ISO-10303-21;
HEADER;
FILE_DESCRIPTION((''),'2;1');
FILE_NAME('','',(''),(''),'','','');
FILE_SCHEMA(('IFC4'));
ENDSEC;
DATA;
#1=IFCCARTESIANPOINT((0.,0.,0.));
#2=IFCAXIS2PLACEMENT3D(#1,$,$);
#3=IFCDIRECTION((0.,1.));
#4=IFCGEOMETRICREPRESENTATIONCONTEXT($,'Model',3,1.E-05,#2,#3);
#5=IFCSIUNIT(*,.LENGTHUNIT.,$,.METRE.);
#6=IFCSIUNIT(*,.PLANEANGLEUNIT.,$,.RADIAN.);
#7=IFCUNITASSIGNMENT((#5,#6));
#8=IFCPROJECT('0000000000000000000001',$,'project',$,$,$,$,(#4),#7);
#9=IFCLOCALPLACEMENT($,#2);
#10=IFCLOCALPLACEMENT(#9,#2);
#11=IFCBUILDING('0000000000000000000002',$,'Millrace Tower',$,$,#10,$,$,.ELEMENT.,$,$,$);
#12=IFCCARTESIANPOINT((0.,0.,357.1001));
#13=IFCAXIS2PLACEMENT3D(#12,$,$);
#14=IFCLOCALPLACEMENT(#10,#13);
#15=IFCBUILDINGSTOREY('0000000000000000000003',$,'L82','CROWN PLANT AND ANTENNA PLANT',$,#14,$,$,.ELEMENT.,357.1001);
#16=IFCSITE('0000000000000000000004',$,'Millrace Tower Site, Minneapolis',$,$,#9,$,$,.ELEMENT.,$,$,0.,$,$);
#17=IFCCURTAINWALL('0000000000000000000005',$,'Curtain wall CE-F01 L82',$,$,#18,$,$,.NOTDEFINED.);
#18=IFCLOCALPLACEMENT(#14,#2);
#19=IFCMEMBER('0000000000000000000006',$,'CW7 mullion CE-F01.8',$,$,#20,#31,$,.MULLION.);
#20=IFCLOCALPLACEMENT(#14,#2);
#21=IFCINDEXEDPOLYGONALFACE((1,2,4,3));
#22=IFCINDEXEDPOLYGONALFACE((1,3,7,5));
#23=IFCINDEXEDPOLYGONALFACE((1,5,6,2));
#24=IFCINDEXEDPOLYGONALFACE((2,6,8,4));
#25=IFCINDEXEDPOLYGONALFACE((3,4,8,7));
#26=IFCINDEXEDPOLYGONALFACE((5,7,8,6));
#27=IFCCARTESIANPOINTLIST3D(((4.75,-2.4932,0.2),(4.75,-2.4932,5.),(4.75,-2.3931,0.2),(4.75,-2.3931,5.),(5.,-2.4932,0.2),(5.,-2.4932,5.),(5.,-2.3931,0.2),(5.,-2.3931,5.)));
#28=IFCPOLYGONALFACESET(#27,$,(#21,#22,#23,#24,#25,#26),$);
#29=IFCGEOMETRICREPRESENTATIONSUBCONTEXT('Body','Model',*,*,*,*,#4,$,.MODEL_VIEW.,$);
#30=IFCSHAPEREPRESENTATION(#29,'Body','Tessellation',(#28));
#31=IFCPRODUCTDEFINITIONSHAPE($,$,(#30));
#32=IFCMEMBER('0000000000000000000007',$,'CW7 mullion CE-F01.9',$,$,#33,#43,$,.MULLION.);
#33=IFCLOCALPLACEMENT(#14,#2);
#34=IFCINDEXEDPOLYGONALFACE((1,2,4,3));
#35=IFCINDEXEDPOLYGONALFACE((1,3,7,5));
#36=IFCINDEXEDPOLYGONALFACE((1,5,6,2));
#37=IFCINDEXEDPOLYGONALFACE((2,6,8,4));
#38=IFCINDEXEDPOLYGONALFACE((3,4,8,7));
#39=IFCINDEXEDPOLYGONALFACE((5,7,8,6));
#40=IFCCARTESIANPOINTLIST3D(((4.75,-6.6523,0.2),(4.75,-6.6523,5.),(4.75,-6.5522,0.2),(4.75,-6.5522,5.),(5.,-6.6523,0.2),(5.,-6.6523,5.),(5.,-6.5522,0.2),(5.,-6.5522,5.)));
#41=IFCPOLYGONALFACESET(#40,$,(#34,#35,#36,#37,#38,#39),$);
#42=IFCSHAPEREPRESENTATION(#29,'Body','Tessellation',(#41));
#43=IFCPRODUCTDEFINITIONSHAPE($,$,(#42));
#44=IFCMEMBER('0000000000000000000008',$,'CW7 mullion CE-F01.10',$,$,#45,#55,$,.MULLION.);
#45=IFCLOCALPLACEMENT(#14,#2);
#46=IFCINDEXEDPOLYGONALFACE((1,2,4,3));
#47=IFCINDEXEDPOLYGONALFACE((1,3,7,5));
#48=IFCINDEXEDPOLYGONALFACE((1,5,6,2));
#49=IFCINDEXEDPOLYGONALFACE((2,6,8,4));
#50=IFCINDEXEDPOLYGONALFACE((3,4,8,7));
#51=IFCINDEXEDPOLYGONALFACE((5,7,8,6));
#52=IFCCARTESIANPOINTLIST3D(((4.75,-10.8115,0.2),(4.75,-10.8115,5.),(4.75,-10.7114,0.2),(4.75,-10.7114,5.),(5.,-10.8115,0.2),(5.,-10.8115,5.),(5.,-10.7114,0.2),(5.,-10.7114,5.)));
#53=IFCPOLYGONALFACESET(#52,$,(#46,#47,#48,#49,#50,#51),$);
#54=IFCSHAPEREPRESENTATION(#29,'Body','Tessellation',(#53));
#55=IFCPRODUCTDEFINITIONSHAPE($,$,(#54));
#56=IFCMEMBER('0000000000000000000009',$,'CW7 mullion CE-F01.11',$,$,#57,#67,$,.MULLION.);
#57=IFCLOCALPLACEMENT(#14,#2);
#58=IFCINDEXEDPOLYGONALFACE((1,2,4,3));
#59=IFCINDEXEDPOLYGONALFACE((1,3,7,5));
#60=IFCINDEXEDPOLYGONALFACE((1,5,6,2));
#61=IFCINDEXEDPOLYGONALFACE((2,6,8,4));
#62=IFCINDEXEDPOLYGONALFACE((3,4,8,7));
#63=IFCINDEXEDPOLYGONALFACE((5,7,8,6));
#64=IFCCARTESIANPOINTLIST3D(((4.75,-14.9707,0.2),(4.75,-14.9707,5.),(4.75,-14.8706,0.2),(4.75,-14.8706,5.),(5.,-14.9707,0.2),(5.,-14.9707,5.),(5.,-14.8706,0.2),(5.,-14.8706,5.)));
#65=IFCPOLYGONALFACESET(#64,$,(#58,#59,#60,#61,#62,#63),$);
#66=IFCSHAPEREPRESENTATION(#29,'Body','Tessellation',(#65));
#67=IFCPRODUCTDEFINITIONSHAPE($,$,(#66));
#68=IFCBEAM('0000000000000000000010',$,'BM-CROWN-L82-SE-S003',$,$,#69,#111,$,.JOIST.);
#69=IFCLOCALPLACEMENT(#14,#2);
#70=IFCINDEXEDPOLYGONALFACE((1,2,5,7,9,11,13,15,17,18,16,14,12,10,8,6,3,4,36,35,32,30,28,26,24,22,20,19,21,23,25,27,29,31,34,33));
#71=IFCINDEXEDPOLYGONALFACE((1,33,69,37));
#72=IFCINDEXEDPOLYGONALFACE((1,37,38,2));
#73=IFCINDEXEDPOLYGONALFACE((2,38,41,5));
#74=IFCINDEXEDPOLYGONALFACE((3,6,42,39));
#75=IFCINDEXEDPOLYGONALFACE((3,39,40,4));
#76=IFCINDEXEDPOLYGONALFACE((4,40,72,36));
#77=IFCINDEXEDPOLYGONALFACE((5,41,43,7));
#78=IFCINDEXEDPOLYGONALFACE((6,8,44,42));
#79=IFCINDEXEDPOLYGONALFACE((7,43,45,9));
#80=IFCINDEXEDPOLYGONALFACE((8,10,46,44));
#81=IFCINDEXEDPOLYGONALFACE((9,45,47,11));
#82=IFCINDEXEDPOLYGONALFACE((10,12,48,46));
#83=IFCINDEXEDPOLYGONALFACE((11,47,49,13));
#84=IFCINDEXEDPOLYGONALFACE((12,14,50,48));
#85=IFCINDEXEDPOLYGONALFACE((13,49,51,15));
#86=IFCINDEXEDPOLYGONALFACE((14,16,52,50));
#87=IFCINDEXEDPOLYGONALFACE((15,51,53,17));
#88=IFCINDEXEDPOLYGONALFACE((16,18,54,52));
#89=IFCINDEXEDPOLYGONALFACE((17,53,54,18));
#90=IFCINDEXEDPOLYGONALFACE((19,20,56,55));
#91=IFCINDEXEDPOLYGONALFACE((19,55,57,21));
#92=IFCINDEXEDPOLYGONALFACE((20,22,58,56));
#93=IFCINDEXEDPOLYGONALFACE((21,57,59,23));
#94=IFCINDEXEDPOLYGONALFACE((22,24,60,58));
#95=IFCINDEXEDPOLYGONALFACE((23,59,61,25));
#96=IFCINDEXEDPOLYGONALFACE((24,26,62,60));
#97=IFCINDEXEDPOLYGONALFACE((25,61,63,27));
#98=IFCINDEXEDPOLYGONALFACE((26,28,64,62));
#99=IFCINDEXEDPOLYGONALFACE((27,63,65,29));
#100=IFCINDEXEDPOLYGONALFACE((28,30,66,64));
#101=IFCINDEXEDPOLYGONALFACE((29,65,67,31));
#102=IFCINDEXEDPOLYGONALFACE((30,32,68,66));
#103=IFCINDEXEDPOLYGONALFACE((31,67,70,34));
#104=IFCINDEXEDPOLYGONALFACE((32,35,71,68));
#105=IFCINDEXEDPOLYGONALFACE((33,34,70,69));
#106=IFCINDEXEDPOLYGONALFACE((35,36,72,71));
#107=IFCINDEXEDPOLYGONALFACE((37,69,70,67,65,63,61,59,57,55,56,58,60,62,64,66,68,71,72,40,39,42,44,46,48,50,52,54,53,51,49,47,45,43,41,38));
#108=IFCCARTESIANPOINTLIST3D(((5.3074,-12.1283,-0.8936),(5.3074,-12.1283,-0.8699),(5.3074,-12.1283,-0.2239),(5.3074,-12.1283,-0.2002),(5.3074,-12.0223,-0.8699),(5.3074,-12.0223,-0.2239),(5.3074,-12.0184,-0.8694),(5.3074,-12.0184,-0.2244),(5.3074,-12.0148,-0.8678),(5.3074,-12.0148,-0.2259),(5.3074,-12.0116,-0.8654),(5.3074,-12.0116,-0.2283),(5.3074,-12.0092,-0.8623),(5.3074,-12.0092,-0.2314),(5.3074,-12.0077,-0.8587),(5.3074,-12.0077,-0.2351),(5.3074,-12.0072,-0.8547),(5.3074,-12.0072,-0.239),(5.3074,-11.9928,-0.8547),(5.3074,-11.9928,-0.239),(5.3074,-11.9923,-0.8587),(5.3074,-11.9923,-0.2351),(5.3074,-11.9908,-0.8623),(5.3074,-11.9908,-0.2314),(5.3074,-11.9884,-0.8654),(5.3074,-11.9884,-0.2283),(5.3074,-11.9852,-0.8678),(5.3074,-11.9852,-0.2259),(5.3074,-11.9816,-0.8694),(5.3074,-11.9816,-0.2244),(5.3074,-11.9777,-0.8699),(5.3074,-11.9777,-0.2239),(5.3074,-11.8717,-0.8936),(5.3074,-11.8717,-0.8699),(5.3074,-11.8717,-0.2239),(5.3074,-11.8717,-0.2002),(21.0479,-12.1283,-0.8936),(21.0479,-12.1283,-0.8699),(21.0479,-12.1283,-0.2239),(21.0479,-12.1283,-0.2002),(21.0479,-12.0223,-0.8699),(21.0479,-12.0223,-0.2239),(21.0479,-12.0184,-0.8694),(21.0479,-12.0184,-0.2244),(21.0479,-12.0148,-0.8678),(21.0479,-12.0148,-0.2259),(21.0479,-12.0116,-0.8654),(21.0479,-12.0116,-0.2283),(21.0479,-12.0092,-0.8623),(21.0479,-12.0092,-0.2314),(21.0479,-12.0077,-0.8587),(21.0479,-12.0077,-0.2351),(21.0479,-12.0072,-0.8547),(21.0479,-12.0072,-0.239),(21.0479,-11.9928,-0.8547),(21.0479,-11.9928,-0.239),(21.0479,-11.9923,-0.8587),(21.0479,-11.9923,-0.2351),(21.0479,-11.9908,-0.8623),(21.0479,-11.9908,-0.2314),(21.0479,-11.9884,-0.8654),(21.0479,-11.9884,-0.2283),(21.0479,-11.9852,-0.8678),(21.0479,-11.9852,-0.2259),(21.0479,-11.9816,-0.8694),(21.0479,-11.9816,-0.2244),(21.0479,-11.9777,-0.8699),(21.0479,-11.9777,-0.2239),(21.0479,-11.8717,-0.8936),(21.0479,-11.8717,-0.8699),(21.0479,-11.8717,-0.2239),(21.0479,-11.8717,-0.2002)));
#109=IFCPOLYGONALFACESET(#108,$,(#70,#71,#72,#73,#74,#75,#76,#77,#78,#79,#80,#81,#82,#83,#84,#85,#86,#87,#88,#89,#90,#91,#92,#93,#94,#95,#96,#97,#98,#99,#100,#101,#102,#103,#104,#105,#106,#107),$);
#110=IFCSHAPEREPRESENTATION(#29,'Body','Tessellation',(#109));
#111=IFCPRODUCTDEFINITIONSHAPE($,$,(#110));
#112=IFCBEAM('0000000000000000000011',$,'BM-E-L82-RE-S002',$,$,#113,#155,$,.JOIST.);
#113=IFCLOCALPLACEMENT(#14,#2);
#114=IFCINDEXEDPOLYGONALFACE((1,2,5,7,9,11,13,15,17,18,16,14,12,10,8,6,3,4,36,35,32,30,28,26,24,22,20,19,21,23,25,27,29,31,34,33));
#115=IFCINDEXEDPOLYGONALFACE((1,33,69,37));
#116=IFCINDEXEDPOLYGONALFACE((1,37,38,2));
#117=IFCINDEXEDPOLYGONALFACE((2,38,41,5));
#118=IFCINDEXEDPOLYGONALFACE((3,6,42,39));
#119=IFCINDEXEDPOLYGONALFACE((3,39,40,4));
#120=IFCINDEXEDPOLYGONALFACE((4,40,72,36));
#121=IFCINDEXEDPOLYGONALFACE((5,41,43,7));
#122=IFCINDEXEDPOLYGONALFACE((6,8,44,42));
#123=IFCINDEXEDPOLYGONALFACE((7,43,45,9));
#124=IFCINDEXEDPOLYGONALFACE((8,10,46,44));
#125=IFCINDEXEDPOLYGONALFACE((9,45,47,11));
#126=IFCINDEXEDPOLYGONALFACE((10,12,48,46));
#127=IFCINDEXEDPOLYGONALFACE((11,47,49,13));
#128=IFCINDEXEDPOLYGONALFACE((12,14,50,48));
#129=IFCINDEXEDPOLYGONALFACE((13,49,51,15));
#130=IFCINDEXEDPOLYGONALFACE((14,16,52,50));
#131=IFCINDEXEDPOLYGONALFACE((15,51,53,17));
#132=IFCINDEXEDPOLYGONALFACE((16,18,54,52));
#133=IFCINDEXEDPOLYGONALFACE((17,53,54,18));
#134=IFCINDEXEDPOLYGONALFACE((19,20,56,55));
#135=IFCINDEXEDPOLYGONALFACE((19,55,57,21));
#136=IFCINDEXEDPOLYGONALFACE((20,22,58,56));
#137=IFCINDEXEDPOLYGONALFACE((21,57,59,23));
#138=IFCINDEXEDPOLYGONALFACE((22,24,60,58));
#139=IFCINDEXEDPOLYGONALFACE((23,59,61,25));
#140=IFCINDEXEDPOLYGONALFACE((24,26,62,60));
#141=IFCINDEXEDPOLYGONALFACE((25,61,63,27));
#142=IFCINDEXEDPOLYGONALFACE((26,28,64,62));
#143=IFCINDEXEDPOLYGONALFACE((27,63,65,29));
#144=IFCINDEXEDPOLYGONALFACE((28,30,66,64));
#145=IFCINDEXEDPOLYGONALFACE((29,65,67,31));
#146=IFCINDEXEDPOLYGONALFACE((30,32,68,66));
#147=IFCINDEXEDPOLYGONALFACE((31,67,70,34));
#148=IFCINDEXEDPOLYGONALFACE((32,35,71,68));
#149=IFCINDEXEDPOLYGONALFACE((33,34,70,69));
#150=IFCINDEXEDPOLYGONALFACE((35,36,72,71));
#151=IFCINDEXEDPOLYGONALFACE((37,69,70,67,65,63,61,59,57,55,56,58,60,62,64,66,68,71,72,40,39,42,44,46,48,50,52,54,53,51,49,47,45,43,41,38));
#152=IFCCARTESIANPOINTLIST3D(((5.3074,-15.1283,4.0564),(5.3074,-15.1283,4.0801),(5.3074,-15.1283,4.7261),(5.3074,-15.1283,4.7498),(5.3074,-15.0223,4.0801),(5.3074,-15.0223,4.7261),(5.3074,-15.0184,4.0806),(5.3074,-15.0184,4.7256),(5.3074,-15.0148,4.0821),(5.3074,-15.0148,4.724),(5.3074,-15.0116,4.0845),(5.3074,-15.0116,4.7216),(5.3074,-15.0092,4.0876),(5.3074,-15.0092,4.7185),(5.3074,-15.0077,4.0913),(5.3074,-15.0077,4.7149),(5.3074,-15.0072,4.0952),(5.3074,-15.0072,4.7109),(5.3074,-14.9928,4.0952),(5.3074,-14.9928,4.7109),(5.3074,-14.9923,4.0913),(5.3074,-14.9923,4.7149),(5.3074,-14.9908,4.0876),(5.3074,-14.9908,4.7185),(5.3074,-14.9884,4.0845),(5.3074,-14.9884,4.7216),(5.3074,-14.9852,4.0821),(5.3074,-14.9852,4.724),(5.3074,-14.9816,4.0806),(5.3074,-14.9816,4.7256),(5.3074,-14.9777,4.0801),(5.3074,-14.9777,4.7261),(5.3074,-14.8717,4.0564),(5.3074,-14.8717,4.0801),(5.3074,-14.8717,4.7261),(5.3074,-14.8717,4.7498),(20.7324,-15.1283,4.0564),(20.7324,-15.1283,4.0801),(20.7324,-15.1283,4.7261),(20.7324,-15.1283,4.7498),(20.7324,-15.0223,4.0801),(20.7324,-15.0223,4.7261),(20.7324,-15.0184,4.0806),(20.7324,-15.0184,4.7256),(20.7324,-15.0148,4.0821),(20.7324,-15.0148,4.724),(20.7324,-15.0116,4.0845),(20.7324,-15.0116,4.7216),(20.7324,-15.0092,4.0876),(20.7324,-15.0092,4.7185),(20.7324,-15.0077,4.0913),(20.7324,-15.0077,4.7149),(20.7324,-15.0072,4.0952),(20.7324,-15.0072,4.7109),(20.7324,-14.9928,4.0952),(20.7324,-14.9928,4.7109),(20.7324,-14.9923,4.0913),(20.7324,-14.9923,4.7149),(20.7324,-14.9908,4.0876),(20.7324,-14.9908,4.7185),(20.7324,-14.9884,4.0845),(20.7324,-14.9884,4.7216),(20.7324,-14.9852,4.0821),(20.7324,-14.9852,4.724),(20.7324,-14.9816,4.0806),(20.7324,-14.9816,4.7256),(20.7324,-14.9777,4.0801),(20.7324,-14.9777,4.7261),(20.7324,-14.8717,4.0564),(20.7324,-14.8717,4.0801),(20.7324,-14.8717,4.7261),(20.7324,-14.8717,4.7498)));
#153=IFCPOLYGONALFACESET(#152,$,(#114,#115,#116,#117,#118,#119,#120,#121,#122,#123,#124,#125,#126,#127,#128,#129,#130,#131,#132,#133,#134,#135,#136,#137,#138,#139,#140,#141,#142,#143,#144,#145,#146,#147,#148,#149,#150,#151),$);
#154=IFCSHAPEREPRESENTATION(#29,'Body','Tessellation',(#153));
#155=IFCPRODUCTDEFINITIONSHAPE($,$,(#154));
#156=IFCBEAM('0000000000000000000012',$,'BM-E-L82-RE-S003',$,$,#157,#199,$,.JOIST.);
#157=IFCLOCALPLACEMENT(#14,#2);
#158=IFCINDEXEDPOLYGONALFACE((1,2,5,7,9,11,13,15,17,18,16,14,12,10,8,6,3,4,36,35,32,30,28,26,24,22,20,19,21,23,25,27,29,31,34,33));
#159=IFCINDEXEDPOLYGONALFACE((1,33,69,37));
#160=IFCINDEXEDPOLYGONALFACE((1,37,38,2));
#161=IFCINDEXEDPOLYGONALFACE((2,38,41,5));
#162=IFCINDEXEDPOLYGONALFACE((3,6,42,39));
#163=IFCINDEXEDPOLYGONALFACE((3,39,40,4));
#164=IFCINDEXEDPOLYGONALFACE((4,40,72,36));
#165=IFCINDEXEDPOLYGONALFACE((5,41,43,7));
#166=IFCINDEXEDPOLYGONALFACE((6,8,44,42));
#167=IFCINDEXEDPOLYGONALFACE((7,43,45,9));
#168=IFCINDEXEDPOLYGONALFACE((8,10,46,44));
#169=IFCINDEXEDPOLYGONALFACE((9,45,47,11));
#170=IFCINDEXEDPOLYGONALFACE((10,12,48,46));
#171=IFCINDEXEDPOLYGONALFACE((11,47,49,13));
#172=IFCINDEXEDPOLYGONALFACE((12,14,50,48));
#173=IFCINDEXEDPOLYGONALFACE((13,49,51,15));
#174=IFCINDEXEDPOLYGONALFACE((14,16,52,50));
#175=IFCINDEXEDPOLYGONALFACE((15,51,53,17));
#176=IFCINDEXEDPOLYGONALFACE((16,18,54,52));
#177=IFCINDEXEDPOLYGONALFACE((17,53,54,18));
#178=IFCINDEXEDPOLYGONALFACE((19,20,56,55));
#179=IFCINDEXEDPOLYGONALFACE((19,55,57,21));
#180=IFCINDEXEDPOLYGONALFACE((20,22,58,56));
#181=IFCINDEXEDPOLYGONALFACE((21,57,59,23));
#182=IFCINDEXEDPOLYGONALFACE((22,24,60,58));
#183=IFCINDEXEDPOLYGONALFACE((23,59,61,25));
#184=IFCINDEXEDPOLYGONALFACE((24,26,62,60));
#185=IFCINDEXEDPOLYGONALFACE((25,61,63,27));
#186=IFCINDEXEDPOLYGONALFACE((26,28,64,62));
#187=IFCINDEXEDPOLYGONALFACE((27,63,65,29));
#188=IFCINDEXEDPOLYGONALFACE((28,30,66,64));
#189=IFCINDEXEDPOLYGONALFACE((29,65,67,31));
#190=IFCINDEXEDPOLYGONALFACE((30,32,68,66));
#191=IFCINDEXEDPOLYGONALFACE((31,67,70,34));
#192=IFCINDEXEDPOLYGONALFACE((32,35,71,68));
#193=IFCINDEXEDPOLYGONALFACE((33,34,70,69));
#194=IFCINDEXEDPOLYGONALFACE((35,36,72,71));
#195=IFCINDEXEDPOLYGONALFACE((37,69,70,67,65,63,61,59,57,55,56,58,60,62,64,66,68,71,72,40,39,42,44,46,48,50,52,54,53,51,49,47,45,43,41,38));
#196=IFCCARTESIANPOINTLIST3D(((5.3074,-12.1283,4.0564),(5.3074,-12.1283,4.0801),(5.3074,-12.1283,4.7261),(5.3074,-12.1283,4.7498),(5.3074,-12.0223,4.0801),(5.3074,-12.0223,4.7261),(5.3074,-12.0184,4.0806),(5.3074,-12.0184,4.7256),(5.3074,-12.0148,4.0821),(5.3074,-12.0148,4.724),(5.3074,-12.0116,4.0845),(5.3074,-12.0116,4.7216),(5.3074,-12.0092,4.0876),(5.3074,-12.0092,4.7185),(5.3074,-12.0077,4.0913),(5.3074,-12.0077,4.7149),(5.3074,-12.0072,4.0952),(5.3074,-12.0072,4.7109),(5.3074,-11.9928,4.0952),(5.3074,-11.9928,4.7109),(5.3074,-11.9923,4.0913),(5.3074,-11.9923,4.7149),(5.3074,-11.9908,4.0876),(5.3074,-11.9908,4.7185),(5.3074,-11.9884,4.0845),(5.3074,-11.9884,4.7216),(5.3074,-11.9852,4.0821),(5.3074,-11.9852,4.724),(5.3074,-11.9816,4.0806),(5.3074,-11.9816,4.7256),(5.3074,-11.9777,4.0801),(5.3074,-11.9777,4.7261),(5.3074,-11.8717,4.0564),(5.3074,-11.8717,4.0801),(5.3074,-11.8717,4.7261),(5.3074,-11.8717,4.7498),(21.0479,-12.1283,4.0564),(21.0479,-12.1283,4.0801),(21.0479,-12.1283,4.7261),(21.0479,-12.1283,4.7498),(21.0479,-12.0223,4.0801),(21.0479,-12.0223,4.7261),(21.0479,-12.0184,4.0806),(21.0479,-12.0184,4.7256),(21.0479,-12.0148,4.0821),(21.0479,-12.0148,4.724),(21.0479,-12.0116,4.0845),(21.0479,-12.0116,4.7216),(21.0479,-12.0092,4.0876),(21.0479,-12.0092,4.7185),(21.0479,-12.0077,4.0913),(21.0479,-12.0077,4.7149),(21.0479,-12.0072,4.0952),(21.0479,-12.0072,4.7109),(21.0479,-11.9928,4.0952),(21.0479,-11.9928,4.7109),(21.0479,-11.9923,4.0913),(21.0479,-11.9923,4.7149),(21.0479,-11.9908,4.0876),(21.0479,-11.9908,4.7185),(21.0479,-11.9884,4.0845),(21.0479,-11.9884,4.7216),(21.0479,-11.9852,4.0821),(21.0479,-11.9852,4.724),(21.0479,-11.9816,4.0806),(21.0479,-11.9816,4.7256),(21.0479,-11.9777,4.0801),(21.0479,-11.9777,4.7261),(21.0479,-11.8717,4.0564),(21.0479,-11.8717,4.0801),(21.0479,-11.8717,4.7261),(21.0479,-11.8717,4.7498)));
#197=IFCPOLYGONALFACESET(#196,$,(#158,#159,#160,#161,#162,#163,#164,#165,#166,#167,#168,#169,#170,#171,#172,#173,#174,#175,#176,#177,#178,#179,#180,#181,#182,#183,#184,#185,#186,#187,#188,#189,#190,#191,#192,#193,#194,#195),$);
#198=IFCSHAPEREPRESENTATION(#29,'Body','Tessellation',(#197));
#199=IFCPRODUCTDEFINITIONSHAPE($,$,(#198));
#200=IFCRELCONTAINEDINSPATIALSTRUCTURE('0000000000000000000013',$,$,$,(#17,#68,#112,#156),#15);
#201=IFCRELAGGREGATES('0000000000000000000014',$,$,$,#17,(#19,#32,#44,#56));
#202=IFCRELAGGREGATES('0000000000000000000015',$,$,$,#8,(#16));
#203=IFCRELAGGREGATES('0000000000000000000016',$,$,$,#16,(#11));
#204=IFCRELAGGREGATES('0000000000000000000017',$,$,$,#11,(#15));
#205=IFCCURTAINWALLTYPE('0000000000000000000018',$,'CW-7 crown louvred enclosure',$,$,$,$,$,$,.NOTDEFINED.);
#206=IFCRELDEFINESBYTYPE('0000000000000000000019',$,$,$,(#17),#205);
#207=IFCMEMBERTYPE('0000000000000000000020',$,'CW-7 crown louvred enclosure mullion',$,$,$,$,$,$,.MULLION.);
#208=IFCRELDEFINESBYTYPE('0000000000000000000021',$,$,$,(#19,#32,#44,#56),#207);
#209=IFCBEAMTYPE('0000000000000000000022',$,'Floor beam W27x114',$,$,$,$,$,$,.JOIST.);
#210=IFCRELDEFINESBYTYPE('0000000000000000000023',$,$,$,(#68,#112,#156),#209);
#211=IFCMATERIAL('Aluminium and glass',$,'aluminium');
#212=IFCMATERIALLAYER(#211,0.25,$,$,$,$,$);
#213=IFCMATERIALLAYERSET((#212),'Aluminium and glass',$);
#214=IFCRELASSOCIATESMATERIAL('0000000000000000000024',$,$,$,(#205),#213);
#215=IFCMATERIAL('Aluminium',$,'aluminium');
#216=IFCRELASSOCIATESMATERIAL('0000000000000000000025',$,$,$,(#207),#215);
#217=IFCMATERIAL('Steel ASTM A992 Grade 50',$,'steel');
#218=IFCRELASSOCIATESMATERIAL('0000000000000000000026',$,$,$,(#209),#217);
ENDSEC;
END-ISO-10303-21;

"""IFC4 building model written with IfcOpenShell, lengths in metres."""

from ifc_helpers import new_model, si_unit, direction, frame, origin, origin_2d, place, context, subcontext, project, spatial, rectangle, i_section, extrude, material, layer, layer_set, material_profile, profile_set, type_object, element, aggregate, save


model = new_model("IFC4")

# Units and contexts
model_context = context("Model", 3, precision=1e-05, world=origin(), true_north=direction((0.0, 1.0)))
body_context = subcontext(model_context, "Body", "Model", "MODEL_VIEW")
ifc_project = project(units=[si_unit("LENGTHUNIT", "METRE"), si_unit("PLANEANGLEUNIT", "RADIAN")], contexts=[model_context])

# Site, building, storey
site_placement = place(None, origin())
site = spatial("IfcSite", under=ifc_project, at=site_placement, Name="Millrace Tower Site, Minneapolis", CompositionType="ELEMENT", RefElevation=0.0)
building_placement = place(site_placement, origin())
building = spatial("IfcBuilding", under=site, at=building_placement, Name="Millrace Tower", CompositionType="ELEMENT")
storey_placement = place(building_placement, frame((0.0, 0.0, 357.1001)))
storey = spatial("IfcBuildingStorey", under=building, at=storey_placement, Name="L82", Description="CROWN PLANT AND ANTENNA PLANT", CompositionType="ELEMENT", Elevation=357.1001)

# Curtain wall, members
ifc_material_1 = material(Name="Aluminium and glass", Category="aluminium")
ifc_layer_1 = layer(ifc_material_1, 0.25)
ifc_layer_set_1 = layer_set([ifc_layer_1], Name="Aluminium and glass")
curtain_wall_type = type_object("IfcCurtainWallType", Name="CW-7 crown louvred enclosure", PredefinedType="NOTDEFINED", material=ifc_layer_set_1)
placement = place(storey_placement, origin())
curtain_wall = element("IfcCurtainWall", 1, at=placement, inside=storey, type_object=curtain_wall_type, Name="Curtain wall CE-F01 L82", PredefinedType="NOTDEFINED")
ifc_material_2 = material(Name="Aluminium", Category="aluminium")
ifc_material_profile_1 = material_profile(ifc_material_2, rectangle(XDim=0.1001, YDim=0.25, at=origin_2d()))
ifc_profile_set_1 = profile_set([ifc_material_profile_1], Name="Aluminium")
member_type = type_object("IfcMemberType", Name="CW-7 crown louvred enclosure mullion", PredefinedType="MULLION", material=ifc_profile_set_1)
member_1_placement = place(storey_placement, frame((4.875, -2.4431, 0.2), z_axis=(0.0, 0.0, 1.0), x_axis=(0.0, -1.0, 0.0)))
member_1 = element("IfcMember", 2, at=member_1_placement, type_object=member_type, Name="CW7 mullion CE-F01.8", PredefinedType="MULLION", context=body_context, shape_type="SweptSolid", body=[
    extrude(rectangle(XDim=0.1001, YDim=0.25, at=origin_2d()), origin(), (0.0, 0.0, 1.0), 4.8),
])
member_2_placement = place(storey_placement, frame((4.875, -6.6023, 0.2), z_axis=(0.0, 0.0, 1.0), x_axis=(0.0, -1.0, 0.0)))
member_2 = element("IfcMember", 3, at=member_2_placement, type_object=member_type, Name="CW7 mullion CE-F01.9", PredefinedType="MULLION", context=body_context, shape_type="SweptSolid", body=[
    extrude(rectangle(XDim=0.1001, YDim=0.25, at=origin_2d()), origin(), (0.0, 0.0, 1.0), 4.8),
])
member_3_placement = place(storey_placement, frame((4.875, -10.7615, 0.2), z_axis=(0.0, 0.0, 1.0), x_axis=(0.0, -1.0, 0.0)))
member_3 = element("IfcMember", 4, at=member_3_placement, type_object=member_type, Name="CW7 mullion CE-F01.10", PredefinedType="MULLION", context=body_context, shape_type="SweptSolid", body=[
    extrude(rectangle(XDim=0.1001, YDim=0.25, at=origin_2d()), origin(), (0.0, 0.0, 1.0), 4.8),
])
member_4_placement = place(storey_placement, frame((4.875, -14.9207, 0.2), z_axis=(0.0, 0.0, 1.0), x_axis=(0.0, -1.0, 0.0)))
member_4 = element("IfcMember", 5, at=member_4_placement, type_object=member_type, Name="CW7 mullion CE-F01.11", PredefinedType="MULLION", context=body_context, shape_type="SweptSolid", body=[
    extrude(rectangle(XDim=0.1001, YDim=0.25, at=origin_2d()), origin(), (0.0, 0.0, 1.0), 4.8),
])
aggregate(curtain_wall, [member_1, member_2, member_3, member_4])

# Beams
ifc_material_3 = material(Name="Steel ASTM A992 Grade 50", Category="steel")
ifc_material_profile_2 = material_profile(ifc_material_3, i_section(OverallWidth=0.2566, OverallDepth=0.6934, WebThickness=0.0144, FlangeThickness=0.0237, FilletRadius=0.0151, at=origin_2d()))
ifc_profile_set_2 = profile_set([ifc_material_profile_2], Name="Steel ASTM A992 Grade 50")
beam_type_1 = type_object("IfcBeamType", Name="Floor beam W27x114", PredefinedType="JOIST", material=ifc_profile_set_2)
beam_1_placement = place(storey_placement, frame((5.3074, -12.0, -0.5469), z_axis=(1.0, 0.0, 0.0), x_axis=(0.0, 1.0, 0.0)))
element("IfcBeam", 6, at=beam_1_placement, inside=storey, type_object=beam_type_1, Name="BM-CROWN-L82-SE-S003", PredefinedType="JOIST", context=body_context, shape_type="SweptSolid", body=[
    extrude(i_section(OverallWidth=0.2566, OverallDepth=0.6934, WebThickness=0.0144, FlangeThickness=0.0237, FilletRadius=0.0151, at=origin_2d()), origin(), (0.0, 0.0, 1.0), 15.7405),
])
beam_2_placement = place(storey_placement, frame((5.3074, -15.0, 4.4031), z_axis=(1.0, 0.0, 0.0), x_axis=(0.0, 1.0, 0.0)))
element("IfcBeam", 7, at=beam_2_placement, inside=storey, type_object=beam_type_1, Name="BM-E-L82-RE-S002", PredefinedType="JOIST", context=body_context, shape_type="SweptSolid", body=[
    extrude(i_section(OverallWidth=0.2566, OverallDepth=0.6934, WebThickness=0.0144, FlangeThickness=0.0237, FilletRadius=0.0151, at=origin_2d()), origin(), (0.0, 0.0, 1.0), 15.425),
])
beam_3_placement = place(storey_placement, frame((5.3074, -12.0, 4.4031), z_axis=(1.0, 0.0, 0.0), x_axis=(0.0, 1.0, 0.0)))
element("IfcBeam", 8, at=beam_3_placement, inside=storey, type_object=beam_type_1, Name="BM-E-L82-RE-S003", PredefinedType="JOIST", context=body_context, shape_type="SweptSolid", body=[
    extrude(i_section(OverallWidth=0.2566, OverallDepth=0.6934, WebThickness=0.0144, FlangeThickness=0.0237, FilletRadius=0.0151, at=origin_2d()), origin(), (0.0, 0.0, 1.0), 15.7405),
])

save(model, "model.ifc")
